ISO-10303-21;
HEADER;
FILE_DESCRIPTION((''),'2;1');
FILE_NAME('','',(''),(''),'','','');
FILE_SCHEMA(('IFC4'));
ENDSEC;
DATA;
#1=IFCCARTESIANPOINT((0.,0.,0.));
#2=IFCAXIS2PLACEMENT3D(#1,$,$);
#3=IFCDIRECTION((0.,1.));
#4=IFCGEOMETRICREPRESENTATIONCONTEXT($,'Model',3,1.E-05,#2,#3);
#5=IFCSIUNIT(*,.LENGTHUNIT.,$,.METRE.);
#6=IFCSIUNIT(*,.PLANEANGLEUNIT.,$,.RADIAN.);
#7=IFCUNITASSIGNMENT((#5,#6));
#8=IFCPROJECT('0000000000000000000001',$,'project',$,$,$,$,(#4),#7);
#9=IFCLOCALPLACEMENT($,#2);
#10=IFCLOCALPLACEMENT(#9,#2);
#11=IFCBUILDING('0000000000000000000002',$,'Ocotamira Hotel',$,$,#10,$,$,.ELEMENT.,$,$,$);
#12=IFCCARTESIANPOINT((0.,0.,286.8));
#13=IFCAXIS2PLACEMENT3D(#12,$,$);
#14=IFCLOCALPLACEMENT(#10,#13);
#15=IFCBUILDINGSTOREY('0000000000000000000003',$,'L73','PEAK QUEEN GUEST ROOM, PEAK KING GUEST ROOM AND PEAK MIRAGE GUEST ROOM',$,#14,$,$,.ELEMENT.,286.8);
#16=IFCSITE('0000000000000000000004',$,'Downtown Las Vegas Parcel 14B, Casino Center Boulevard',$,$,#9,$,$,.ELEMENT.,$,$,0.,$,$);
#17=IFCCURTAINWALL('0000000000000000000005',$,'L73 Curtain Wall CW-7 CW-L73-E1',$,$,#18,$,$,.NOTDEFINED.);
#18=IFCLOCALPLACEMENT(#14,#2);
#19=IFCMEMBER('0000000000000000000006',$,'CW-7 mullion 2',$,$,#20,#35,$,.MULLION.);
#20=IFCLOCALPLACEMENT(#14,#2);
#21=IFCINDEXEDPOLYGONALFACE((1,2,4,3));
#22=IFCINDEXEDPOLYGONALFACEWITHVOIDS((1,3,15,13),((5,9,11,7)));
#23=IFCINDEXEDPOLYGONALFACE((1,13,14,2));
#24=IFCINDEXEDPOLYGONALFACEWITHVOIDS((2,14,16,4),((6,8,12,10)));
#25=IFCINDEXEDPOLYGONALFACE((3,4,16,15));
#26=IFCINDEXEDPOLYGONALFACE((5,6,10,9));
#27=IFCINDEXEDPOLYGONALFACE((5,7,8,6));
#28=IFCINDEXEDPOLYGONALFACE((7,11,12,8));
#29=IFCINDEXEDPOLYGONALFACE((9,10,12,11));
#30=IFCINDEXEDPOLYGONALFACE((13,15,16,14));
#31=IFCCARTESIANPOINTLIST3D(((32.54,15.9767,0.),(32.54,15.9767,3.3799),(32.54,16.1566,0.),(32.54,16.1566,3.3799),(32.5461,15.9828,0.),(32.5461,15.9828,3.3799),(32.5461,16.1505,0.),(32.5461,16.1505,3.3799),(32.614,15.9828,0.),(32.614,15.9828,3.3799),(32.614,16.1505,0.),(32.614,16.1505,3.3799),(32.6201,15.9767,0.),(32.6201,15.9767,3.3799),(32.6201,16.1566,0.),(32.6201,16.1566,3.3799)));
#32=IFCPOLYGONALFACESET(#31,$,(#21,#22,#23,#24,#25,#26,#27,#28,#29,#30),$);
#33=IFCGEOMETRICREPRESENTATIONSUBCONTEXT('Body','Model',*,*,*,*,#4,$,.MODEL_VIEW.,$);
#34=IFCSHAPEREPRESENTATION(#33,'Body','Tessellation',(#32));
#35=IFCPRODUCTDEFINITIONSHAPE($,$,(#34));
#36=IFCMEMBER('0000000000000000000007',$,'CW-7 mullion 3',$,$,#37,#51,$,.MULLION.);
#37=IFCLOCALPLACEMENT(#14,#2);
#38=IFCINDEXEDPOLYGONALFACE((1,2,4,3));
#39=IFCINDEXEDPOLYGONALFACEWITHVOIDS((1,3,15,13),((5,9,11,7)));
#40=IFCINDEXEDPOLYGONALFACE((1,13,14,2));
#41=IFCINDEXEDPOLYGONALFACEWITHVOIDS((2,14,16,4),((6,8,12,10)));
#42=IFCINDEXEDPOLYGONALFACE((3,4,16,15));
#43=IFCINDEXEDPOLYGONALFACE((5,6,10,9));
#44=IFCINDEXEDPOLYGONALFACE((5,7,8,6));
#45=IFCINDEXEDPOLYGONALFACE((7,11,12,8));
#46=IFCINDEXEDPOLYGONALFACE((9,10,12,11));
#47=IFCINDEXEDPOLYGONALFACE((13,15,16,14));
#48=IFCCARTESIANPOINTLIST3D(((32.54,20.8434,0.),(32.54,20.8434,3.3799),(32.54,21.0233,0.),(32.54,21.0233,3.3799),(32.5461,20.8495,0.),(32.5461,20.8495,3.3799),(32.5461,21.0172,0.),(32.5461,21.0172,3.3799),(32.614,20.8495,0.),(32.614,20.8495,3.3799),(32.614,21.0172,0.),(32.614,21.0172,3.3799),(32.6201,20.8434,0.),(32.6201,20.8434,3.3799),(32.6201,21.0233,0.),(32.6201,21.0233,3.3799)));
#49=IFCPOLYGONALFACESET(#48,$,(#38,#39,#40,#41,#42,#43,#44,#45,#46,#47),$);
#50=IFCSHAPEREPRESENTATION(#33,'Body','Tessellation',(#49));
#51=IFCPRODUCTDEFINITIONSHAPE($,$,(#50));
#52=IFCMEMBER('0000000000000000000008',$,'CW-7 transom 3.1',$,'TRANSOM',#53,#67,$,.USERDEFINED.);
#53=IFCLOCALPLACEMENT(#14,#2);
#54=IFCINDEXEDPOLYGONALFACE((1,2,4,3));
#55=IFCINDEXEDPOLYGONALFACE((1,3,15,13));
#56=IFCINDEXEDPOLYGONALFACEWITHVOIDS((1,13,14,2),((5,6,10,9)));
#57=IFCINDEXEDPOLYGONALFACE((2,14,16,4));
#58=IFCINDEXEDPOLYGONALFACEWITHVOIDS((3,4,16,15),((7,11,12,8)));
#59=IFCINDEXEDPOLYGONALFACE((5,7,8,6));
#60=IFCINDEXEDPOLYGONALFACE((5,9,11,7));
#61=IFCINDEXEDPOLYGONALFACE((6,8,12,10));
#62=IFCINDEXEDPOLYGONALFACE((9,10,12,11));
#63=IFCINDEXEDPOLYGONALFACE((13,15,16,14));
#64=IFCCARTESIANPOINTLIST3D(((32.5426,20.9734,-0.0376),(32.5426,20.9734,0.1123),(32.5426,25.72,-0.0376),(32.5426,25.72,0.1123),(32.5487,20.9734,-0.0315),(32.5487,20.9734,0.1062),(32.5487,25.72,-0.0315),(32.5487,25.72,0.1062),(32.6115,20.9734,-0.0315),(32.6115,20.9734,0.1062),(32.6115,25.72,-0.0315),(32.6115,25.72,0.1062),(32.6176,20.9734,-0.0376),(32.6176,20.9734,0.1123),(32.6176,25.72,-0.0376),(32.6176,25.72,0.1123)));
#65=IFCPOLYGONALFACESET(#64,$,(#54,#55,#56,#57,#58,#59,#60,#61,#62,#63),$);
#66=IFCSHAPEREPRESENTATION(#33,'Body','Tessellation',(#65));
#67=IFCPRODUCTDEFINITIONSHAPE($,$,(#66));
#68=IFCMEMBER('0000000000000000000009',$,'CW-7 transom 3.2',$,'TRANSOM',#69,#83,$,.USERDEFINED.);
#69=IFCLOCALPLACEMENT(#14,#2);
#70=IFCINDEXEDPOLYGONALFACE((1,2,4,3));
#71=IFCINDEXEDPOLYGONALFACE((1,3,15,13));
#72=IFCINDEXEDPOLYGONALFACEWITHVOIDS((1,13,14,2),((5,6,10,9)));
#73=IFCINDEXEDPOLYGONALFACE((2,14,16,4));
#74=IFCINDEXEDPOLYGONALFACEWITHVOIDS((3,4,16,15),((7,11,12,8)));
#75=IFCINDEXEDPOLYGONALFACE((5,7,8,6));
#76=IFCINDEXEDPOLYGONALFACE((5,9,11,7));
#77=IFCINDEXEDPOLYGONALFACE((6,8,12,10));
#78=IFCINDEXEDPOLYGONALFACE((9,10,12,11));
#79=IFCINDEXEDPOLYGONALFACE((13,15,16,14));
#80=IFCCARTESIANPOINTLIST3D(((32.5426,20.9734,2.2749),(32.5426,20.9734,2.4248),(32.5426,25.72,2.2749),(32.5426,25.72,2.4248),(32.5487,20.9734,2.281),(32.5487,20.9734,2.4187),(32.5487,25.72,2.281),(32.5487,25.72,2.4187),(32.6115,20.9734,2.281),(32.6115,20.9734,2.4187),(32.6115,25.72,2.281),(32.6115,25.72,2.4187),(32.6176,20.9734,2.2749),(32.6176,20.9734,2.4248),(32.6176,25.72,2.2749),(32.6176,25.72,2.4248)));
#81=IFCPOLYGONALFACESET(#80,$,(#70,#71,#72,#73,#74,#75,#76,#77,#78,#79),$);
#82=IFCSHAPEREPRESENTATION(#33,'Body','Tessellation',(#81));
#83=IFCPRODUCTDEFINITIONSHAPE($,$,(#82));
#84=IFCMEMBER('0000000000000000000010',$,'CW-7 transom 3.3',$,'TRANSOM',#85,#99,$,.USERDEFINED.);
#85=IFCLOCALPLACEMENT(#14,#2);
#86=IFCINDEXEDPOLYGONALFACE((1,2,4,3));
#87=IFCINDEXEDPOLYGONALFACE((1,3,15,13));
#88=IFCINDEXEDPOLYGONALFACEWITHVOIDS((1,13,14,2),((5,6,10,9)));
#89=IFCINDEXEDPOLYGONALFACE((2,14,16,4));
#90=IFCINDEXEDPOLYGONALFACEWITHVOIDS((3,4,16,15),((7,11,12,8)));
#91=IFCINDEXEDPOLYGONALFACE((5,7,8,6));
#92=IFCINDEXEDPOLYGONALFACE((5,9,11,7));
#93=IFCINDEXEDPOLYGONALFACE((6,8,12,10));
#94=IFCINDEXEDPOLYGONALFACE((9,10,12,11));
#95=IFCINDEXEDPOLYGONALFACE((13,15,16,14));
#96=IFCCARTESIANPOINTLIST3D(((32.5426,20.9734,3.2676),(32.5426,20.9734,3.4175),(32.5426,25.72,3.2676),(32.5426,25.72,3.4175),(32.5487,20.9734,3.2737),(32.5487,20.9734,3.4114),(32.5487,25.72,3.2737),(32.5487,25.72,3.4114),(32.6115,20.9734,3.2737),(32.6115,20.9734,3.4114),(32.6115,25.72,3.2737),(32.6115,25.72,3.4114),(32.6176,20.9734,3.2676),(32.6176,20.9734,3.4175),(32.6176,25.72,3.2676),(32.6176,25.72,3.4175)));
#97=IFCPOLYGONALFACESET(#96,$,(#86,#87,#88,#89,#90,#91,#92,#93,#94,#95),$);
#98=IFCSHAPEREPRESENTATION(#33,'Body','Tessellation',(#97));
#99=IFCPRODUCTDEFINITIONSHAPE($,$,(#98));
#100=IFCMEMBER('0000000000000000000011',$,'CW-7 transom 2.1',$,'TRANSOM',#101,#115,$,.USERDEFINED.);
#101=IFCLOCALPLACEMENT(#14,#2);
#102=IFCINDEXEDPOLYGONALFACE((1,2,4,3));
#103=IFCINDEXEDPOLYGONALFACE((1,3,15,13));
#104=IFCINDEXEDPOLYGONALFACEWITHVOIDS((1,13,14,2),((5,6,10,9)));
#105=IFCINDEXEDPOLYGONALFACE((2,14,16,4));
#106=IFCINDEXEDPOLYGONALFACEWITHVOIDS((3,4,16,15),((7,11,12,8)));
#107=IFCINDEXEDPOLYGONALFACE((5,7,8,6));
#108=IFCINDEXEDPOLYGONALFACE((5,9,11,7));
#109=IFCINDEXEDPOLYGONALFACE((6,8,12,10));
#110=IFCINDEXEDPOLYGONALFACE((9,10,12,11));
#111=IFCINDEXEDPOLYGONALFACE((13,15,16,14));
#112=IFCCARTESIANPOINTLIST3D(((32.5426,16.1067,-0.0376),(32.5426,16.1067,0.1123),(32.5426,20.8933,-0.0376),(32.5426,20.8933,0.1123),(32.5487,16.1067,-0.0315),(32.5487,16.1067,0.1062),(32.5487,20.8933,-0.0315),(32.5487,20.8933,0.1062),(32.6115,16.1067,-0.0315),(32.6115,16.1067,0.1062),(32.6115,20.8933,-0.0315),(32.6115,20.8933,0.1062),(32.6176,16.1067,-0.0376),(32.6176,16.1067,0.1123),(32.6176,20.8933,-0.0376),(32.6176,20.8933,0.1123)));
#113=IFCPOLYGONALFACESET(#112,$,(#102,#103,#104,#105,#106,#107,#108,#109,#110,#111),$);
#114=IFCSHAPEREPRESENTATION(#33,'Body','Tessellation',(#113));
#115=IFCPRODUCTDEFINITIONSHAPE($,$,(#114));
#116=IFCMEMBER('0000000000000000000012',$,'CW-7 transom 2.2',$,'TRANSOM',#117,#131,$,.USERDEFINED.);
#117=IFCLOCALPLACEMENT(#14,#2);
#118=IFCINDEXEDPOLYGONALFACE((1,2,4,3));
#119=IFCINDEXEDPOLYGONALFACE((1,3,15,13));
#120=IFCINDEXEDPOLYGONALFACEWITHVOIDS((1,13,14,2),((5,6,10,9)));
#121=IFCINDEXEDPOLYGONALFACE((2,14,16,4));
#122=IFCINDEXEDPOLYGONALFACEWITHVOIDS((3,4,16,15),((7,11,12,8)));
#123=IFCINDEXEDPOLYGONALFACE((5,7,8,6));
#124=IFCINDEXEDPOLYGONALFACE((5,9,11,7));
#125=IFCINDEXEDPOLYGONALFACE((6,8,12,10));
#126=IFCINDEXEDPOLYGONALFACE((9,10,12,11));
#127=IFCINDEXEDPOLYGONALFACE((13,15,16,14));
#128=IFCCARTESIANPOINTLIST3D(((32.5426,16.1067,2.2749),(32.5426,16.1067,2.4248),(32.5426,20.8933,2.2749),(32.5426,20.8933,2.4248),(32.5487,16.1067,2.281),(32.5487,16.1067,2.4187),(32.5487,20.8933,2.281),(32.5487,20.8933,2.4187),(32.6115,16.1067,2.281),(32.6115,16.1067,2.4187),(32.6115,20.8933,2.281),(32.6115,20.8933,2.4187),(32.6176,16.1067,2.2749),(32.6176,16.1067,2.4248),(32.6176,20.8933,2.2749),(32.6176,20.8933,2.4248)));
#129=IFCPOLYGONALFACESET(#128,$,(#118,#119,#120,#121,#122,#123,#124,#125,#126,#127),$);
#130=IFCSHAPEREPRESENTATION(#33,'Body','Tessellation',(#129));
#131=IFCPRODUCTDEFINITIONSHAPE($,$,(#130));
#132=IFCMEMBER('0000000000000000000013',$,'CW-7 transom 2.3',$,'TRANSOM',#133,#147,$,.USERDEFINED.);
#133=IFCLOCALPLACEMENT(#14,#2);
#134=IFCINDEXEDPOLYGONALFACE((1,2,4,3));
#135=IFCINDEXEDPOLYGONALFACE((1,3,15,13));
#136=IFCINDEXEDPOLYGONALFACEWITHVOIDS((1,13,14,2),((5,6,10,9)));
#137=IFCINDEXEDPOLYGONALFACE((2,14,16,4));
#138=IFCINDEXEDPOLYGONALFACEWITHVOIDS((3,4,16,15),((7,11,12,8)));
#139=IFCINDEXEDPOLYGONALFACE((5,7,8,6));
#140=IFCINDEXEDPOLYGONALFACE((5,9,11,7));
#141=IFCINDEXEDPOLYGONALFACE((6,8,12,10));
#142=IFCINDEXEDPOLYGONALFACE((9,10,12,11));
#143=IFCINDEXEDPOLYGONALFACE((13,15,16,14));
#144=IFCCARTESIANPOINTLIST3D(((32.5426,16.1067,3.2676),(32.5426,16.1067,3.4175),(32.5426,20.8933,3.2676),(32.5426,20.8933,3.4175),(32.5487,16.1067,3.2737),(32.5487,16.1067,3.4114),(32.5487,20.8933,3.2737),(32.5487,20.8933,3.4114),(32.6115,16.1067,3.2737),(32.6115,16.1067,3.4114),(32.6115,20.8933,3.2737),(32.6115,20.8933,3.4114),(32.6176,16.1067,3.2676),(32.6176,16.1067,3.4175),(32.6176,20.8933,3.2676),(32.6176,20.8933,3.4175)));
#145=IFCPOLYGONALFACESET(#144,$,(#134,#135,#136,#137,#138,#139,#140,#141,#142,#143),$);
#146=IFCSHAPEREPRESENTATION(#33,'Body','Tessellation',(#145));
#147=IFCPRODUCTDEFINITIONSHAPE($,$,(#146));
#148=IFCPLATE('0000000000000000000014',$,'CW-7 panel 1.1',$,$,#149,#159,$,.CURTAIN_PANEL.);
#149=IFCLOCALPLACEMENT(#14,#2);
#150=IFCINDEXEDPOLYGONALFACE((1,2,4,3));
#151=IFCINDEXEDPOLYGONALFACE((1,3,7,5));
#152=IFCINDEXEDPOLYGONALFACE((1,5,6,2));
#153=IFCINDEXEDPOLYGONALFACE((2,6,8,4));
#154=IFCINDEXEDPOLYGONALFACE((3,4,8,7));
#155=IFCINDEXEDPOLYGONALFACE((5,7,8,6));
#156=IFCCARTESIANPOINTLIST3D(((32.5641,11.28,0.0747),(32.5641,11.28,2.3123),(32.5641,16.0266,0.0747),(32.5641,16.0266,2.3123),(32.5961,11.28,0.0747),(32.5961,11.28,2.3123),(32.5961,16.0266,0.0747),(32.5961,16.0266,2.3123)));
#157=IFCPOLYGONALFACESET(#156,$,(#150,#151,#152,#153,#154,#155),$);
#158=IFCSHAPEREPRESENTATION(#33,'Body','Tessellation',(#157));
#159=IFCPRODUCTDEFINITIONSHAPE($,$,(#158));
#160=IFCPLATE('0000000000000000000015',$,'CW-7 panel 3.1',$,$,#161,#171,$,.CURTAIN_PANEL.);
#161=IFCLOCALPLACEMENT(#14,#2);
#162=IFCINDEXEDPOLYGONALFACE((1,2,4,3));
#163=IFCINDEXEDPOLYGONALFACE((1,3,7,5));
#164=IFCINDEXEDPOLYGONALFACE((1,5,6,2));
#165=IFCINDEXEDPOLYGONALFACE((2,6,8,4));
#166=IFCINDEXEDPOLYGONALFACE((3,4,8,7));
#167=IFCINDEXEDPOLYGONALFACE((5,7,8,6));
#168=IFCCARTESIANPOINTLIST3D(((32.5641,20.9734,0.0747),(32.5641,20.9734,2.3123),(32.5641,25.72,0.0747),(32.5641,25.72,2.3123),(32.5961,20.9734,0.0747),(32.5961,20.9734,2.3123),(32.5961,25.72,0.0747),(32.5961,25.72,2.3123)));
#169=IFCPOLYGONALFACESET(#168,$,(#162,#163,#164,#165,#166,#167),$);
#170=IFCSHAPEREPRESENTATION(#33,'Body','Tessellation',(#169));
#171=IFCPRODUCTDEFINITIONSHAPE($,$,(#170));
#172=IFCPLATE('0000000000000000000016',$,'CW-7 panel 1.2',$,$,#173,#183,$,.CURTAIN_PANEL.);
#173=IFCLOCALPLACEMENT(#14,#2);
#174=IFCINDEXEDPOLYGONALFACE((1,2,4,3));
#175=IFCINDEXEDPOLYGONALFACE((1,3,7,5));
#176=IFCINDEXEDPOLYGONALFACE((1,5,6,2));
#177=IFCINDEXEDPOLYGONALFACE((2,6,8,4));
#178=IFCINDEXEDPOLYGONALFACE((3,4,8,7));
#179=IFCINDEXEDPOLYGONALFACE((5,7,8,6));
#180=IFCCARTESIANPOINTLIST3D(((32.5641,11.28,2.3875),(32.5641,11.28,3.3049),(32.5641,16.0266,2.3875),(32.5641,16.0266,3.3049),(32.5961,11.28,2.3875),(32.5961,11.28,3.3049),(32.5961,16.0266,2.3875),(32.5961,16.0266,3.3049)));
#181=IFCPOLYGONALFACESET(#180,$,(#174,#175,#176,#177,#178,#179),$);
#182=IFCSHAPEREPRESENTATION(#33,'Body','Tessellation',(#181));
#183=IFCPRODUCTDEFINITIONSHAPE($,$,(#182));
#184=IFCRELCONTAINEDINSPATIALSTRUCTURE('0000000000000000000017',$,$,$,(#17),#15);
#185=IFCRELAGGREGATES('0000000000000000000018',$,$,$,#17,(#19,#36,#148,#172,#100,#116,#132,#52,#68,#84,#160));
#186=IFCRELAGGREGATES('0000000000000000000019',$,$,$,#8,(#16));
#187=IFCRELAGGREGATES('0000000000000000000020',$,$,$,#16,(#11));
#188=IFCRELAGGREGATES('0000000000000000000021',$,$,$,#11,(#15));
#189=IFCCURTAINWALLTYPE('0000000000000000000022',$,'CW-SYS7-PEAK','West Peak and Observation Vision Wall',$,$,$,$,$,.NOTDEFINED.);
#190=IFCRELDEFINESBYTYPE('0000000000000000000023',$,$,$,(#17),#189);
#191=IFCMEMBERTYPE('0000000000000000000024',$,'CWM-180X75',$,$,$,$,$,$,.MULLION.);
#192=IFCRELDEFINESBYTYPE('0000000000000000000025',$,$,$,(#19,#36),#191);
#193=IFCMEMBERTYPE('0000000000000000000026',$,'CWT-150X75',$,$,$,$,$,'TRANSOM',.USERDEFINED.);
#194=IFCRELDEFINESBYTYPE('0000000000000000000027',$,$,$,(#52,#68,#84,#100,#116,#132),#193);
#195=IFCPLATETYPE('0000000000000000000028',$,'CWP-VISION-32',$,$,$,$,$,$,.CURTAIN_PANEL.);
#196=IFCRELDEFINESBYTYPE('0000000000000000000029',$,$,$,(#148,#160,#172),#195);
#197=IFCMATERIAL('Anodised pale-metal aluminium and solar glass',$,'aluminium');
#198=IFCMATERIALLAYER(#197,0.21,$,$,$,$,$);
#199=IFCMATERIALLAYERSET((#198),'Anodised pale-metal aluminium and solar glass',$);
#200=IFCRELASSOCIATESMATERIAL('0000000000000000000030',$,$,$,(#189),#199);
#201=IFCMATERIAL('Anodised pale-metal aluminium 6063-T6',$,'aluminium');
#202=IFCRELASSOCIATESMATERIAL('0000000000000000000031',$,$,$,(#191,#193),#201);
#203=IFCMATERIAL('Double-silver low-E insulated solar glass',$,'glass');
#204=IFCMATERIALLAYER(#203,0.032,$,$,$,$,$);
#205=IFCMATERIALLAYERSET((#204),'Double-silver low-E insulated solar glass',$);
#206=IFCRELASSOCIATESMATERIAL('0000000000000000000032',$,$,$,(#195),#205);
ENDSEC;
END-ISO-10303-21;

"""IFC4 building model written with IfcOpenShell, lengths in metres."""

from ifc_helpers import new_model, si_unit, direction, frame, origin, origin_2d, place, context, subcontext, project, spatial, rectangle, hollow_rectangle, extrude, source, transform, mapped, material, layer, layer_set, material_profile, profile_set, type_object, element, aggregate, save


model = new_model("IFC4")

# Units and contexts
model_context = context("Model", 3, precision=1e-05, world=origin(), true_north=direction((0.0, 1.0)))
body_context = subcontext(model_context, "Body", "Model", "MODEL_VIEW")
ifc_project = project(units=[si_unit("LENGTHUNIT", "METRE"), si_unit("PLANEANGLEUNIT", "RADIAN")], contexts=[model_context])

# Site, building, storey
site_placement = place(None, origin())
site = spatial("IfcSite", under=ifc_project, at=site_placement, Name="Downtown Las Vegas Parcel 14B, Casino Center Boulevard", CompositionType="ELEMENT", RefElevation=0.0)
building_placement = place(site_placement, origin())
building = spatial("IfcBuilding", under=site, at=building_placement, Name="Ocotamira Hotel", CompositionType="ELEMENT")
storey_placement = place(building_placement, frame((0.0, 0.0, 286.8)))
storey = spatial("IfcBuildingStorey", under=building, at=storey_placement, Name="L73", Description="PEAK QUEEN GUEST ROOM, PEAK KING GUEST ROOM AND PEAK MIRAGE GUEST ROOM", CompositionType="ELEMENT", Elevation=286.8)

# Curtain wall, members, plates
ifc_material_1 = material(Name="Anodised pale-metal aluminium and solar glass", Category="aluminium")
ifc_layer_1 = layer(ifc_material_1, 0.21)
ifc_layer_set_1 = layer_set([ifc_layer_1], Name="Anodised pale-metal aluminium and solar glass")
curtain_wall_type = type_object("IfcCurtainWallType", Name="CW-SYS7-PEAK", Description="West Peak and Observation Vision Wall", PredefinedType="NOTDEFINED", material=ifc_layer_set_1)
curtain_wall_placement = place(storey_placement, origin())
curtain_wall = element("IfcCurtainWall", 1, at=curtain_wall_placement, inside=storey, type_object=curtain_wall_type, Name="L73 Curtain Wall CW-7 CW-L73-E1", PredefinedType="NOTDEFINED")
ifc_material_2 = material(Name="Anodised pale-metal aluminium 6063-T6", Category="aluminium")
ifc_material_profile_1 = material_profile(ifc_material_2, hollow_rectangle(XDim=0.0801, YDim=0.1799, WallThickness=0.0061, at=origin_2d()), Name="HSS180X80X6")
ifc_profile_set_1 = profile_set([ifc_material_profile_1], Name="Anodised pale-metal aluminium 6063-T6")
member_type_1 = type_object("IfcMemberType", Name="CWM-180X75", PredefinedType="MULLION", material=ifc_profile_set_1)
shared_shape_1 = source(origin(), body_context, "Body", "SweptSolid", [
    extrude(hollow_rectangle(XDim=0.0801, YDim=0.1799, WallThickness=0.0061, at=origin_2d()), origin(), (0.0, 0.0, 1.0), 3.3799),
])
member_1_placement = place(storey_placement, frame((32.5801, 16.0667, 0.0), z_axis=(0.0, 0.0, 1.0), x_axis=(-1.0, 0.0, 0.0)))
member_1 = element("IfcMember", 2, at=member_1_placement, type_object=member_type_1, Name="CW-7 mullion 2", PredefinedType="MULLION", context=body_context, shape_type="MappedRepresentation", body=[
    mapped(shared_shape_1, transform((0.0, 0.0, 0.0), scale=1.0)),
])
member_2_placement = place(storey_placement, frame((32.5801, 20.9333, 0.0), z_axis=(0.0, 0.0, 1.0), x_axis=(-1.0, 0.0, 0.0)))
member_2 = element("IfcMember", 3, at=member_2_placement, type_object=member_type_1, Name="CW-7 mullion 3", PredefinedType="MULLION", context=body_context, shape_type="MappedRepresentation", body=[
    mapped(shared_shape_1, transform((0.0, 0.0, 0.0), scale=1.0)),
])
ifc_material_profile_2 = material_profile(ifc_material_2, hollow_rectangle(XDim=0.075, YDim=0.1499, WallThickness=0.0061, at=origin_2d()), Name="HSS150X75X6")
ifc_profile_set_2 = profile_set([ifc_material_profile_2], Name="Anodised pale-metal aluminium 6063-T6")
member_type_2 = type_object("IfcMemberType", Name="CWT-150X75", ElementType="TRANSOM", PredefinedType="USERDEFINED", material=ifc_profile_set_2)
shared_shape_2 = source(origin(), body_context, "Body", "SweptSolid", [
    extrude(hollow_rectangle(XDim=0.075, YDim=0.1499, WallThickness=0.0061, at=origin_2d()), origin(), (0.0, 0.0, 1.0), 4.7466),
])
member_3_placement = place(storey_placement, frame((32.5801, 20.9734, 0.0374), z_axis=(0.0, 1.0, 0.0), x_axis=(-1.0, 0.0, 0.0)))
member_3 = element("IfcMember", 4, at=member_3_placement, type_object=member_type_2, Name="CW-7 transom 3.1", ObjectType="TRANSOM", PredefinedType="USERDEFINED", context=body_context, shape_type="MappedRepresentation", body=[
    mapped(shared_shape_2, transform((0.0, 0.0, 0.0), scale=1.0)),
])
member_4_placement = place(storey_placement, frame((32.5801, 20.9734, 2.3499), z_axis=(0.0, 1.0, 0.0), x_axis=(-1.0, 0.0, 0.0)))
member_4 = element("IfcMember", 5, at=member_4_placement, type_object=member_type_2, Name="CW-7 transom 3.2", ObjectType="TRANSOM", PredefinedType="USERDEFINED", context=body_context, shape_type="MappedRepresentation", body=[
    mapped(shared_shape_2, transform((0.0, 0.0, 0.0), scale=1.0)),
])
member_5_placement = place(storey_placement, frame((32.5801, 20.9734, 3.3425), z_axis=(0.0, 1.0, 0.0), x_axis=(-1.0, 0.0, 0.0)))
member_5 = element("IfcMember", 6, at=member_5_placement, type_object=member_type_2, Name="CW-7 transom 3.3", ObjectType="TRANSOM", PredefinedType="USERDEFINED", context=body_context, shape_type="MappedRepresentation", body=[
    mapped(shared_shape_2, transform((0.0, 0.0, 0.0), scale=1.0)),
])
shared_shape_3 = source(origin(), body_context, "Body", "SweptSolid", [
    extrude(hollow_rectangle(XDim=0.075, YDim=0.1499, WallThickness=0.0061, at=origin_2d()), origin(), (0.0, 0.0, 1.0), 4.7866),
])
member_6_placement = place(storey_placement, frame((32.5801, 16.1067, 0.0374), z_axis=(0.0, 1.0, 0.0), x_axis=(-1.0, 0.0, 0.0)))
member_6 = element("IfcMember", 7, at=member_6_placement, type_object=member_type_2, Name="CW-7 transom 2.1", ObjectType="TRANSOM", PredefinedType="USERDEFINED", context=body_context, shape_type="MappedRepresentation", body=[
    mapped(shared_shape_3, transform((0.0, 0.0, 0.0), scale=1.0)),
])
member_7_placement = place(storey_placement, frame((32.5801, 16.1067, 2.3499), z_axis=(0.0, 1.0, 0.0), x_axis=(-1.0, 0.0, 0.0)))
member_7 = element("IfcMember", 8, at=member_7_placement, type_object=member_type_2, Name="CW-7 transom 2.2", ObjectType="TRANSOM", PredefinedType="USERDEFINED", context=body_context, shape_type="MappedRepresentation", body=[
    mapped(shared_shape_3, transform((0.0, 0.0, 0.0), scale=1.0)),
])
member_8_placement = place(storey_placement, frame((32.5801, 16.1067, 3.3425), z_axis=(0.0, 1.0, 0.0), x_axis=(-1.0, 0.0, 0.0)))
member_8 = element("IfcMember", 9, at=member_8_placement, type_object=member_type_2, Name="CW-7 transom 2.3", ObjectType="TRANSOM", PredefinedType="USERDEFINED", context=body_context, shape_type="MappedRepresentation", body=[
    mapped(shared_shape_3, transform((0.0, 0.0, 0.0), scale=1.0)),
])
ifc_material_3 = material(Name="Double-silver low-E insulated solar glass", Category="glass")
ifc_layer_2 = layer(ifc_material_3, 0.032)
ifc_layer_set_2 = layer_set([ifc_layer_2], Name="Double-silver low-E insulated solar glass")
plate_type = type_object("IfcPlateType", Name="CWP-VISION-32", PredefinedType="CURTAIN_PANEL", material=ifc_layer_set_2)
shared_shape_4 = source(origin(), body_context, "Body", "SweptSolid", [
    extrude(rectangle(XDim=4.7466, YDim=0.032, at=origin_2d()), origin(), (0.0, 0.0, 1.0), 2.2375),
])
plate_1_placement = place(storey_placement, frame((32.5801, 13.6533, 0.0747), z_axis=(0.0, 0.0, 1.0), x_axis=(0.0, 1.0, 0.0)))
plate_1 = element("IfcPlate", 10, at=plate_1_placement, type_object=plate_type, Name="CW-7 panel 1.1", PredefinedType="CURTAIN_PANEL", context=body_context, shape_type="MappedRepresentation", body=[
    mapped(shared_shape_4, transform((0.0, 0.0, 0.0), scale=1.0)),
])
plate_2_placement = place(storey_placement, frame((32.5801, 23.3467, 0.0747), z_axis=(0.0, 0.0, 1.0), x_axis=(0.0, 1.0, 0.0)))
plate_2 = element("IfcPlate", 11, at=plate_2_placement, type_object=plate_type, Name="CW-7 panel 3.1", PredefinedType="CURTAIN_PANEL", context=body_context, shape_type="MappedRepresentation", body=[
    mapped(shared_shape_4, transform((0.0, 0.0, 0.0), scale=1.0)),
])
shared_shape_5 = source(origin(), body_context, "Body", "SweptSolid", [
    extrude(rectangle(XDim=4.7466, YDim=0.032, at=origin_2d()), origin(), (0.0, 0.0, 1.0), 0.9175),
])
plate_3_placement = place(storey_placement, frame((32.5801, 13.6533, 2.3875), z_axis=(0.0, 0.0, 1.0), x_axis=(0.0, 1.0, 0.0)))
plate_3 = element("IfcPlate", 12, at=plate_3_placement, type_object=plate_type, Name="CW-7 panel 1.2", PredefinedType="CURTAIN_PANEL", context=body_context, shape_type="MappedRepresentation", body=[
    mapped(shared_shape_5, transform((0.0, 0.0, 0.0), scale=1.0)),
])
aggregate(curtain_wall, [member_1, member_2, plate_1, plate_3, member_6, member_7, member_8, member_3, member_4, member_5, plate_2])

save(model, "model.ifc")
